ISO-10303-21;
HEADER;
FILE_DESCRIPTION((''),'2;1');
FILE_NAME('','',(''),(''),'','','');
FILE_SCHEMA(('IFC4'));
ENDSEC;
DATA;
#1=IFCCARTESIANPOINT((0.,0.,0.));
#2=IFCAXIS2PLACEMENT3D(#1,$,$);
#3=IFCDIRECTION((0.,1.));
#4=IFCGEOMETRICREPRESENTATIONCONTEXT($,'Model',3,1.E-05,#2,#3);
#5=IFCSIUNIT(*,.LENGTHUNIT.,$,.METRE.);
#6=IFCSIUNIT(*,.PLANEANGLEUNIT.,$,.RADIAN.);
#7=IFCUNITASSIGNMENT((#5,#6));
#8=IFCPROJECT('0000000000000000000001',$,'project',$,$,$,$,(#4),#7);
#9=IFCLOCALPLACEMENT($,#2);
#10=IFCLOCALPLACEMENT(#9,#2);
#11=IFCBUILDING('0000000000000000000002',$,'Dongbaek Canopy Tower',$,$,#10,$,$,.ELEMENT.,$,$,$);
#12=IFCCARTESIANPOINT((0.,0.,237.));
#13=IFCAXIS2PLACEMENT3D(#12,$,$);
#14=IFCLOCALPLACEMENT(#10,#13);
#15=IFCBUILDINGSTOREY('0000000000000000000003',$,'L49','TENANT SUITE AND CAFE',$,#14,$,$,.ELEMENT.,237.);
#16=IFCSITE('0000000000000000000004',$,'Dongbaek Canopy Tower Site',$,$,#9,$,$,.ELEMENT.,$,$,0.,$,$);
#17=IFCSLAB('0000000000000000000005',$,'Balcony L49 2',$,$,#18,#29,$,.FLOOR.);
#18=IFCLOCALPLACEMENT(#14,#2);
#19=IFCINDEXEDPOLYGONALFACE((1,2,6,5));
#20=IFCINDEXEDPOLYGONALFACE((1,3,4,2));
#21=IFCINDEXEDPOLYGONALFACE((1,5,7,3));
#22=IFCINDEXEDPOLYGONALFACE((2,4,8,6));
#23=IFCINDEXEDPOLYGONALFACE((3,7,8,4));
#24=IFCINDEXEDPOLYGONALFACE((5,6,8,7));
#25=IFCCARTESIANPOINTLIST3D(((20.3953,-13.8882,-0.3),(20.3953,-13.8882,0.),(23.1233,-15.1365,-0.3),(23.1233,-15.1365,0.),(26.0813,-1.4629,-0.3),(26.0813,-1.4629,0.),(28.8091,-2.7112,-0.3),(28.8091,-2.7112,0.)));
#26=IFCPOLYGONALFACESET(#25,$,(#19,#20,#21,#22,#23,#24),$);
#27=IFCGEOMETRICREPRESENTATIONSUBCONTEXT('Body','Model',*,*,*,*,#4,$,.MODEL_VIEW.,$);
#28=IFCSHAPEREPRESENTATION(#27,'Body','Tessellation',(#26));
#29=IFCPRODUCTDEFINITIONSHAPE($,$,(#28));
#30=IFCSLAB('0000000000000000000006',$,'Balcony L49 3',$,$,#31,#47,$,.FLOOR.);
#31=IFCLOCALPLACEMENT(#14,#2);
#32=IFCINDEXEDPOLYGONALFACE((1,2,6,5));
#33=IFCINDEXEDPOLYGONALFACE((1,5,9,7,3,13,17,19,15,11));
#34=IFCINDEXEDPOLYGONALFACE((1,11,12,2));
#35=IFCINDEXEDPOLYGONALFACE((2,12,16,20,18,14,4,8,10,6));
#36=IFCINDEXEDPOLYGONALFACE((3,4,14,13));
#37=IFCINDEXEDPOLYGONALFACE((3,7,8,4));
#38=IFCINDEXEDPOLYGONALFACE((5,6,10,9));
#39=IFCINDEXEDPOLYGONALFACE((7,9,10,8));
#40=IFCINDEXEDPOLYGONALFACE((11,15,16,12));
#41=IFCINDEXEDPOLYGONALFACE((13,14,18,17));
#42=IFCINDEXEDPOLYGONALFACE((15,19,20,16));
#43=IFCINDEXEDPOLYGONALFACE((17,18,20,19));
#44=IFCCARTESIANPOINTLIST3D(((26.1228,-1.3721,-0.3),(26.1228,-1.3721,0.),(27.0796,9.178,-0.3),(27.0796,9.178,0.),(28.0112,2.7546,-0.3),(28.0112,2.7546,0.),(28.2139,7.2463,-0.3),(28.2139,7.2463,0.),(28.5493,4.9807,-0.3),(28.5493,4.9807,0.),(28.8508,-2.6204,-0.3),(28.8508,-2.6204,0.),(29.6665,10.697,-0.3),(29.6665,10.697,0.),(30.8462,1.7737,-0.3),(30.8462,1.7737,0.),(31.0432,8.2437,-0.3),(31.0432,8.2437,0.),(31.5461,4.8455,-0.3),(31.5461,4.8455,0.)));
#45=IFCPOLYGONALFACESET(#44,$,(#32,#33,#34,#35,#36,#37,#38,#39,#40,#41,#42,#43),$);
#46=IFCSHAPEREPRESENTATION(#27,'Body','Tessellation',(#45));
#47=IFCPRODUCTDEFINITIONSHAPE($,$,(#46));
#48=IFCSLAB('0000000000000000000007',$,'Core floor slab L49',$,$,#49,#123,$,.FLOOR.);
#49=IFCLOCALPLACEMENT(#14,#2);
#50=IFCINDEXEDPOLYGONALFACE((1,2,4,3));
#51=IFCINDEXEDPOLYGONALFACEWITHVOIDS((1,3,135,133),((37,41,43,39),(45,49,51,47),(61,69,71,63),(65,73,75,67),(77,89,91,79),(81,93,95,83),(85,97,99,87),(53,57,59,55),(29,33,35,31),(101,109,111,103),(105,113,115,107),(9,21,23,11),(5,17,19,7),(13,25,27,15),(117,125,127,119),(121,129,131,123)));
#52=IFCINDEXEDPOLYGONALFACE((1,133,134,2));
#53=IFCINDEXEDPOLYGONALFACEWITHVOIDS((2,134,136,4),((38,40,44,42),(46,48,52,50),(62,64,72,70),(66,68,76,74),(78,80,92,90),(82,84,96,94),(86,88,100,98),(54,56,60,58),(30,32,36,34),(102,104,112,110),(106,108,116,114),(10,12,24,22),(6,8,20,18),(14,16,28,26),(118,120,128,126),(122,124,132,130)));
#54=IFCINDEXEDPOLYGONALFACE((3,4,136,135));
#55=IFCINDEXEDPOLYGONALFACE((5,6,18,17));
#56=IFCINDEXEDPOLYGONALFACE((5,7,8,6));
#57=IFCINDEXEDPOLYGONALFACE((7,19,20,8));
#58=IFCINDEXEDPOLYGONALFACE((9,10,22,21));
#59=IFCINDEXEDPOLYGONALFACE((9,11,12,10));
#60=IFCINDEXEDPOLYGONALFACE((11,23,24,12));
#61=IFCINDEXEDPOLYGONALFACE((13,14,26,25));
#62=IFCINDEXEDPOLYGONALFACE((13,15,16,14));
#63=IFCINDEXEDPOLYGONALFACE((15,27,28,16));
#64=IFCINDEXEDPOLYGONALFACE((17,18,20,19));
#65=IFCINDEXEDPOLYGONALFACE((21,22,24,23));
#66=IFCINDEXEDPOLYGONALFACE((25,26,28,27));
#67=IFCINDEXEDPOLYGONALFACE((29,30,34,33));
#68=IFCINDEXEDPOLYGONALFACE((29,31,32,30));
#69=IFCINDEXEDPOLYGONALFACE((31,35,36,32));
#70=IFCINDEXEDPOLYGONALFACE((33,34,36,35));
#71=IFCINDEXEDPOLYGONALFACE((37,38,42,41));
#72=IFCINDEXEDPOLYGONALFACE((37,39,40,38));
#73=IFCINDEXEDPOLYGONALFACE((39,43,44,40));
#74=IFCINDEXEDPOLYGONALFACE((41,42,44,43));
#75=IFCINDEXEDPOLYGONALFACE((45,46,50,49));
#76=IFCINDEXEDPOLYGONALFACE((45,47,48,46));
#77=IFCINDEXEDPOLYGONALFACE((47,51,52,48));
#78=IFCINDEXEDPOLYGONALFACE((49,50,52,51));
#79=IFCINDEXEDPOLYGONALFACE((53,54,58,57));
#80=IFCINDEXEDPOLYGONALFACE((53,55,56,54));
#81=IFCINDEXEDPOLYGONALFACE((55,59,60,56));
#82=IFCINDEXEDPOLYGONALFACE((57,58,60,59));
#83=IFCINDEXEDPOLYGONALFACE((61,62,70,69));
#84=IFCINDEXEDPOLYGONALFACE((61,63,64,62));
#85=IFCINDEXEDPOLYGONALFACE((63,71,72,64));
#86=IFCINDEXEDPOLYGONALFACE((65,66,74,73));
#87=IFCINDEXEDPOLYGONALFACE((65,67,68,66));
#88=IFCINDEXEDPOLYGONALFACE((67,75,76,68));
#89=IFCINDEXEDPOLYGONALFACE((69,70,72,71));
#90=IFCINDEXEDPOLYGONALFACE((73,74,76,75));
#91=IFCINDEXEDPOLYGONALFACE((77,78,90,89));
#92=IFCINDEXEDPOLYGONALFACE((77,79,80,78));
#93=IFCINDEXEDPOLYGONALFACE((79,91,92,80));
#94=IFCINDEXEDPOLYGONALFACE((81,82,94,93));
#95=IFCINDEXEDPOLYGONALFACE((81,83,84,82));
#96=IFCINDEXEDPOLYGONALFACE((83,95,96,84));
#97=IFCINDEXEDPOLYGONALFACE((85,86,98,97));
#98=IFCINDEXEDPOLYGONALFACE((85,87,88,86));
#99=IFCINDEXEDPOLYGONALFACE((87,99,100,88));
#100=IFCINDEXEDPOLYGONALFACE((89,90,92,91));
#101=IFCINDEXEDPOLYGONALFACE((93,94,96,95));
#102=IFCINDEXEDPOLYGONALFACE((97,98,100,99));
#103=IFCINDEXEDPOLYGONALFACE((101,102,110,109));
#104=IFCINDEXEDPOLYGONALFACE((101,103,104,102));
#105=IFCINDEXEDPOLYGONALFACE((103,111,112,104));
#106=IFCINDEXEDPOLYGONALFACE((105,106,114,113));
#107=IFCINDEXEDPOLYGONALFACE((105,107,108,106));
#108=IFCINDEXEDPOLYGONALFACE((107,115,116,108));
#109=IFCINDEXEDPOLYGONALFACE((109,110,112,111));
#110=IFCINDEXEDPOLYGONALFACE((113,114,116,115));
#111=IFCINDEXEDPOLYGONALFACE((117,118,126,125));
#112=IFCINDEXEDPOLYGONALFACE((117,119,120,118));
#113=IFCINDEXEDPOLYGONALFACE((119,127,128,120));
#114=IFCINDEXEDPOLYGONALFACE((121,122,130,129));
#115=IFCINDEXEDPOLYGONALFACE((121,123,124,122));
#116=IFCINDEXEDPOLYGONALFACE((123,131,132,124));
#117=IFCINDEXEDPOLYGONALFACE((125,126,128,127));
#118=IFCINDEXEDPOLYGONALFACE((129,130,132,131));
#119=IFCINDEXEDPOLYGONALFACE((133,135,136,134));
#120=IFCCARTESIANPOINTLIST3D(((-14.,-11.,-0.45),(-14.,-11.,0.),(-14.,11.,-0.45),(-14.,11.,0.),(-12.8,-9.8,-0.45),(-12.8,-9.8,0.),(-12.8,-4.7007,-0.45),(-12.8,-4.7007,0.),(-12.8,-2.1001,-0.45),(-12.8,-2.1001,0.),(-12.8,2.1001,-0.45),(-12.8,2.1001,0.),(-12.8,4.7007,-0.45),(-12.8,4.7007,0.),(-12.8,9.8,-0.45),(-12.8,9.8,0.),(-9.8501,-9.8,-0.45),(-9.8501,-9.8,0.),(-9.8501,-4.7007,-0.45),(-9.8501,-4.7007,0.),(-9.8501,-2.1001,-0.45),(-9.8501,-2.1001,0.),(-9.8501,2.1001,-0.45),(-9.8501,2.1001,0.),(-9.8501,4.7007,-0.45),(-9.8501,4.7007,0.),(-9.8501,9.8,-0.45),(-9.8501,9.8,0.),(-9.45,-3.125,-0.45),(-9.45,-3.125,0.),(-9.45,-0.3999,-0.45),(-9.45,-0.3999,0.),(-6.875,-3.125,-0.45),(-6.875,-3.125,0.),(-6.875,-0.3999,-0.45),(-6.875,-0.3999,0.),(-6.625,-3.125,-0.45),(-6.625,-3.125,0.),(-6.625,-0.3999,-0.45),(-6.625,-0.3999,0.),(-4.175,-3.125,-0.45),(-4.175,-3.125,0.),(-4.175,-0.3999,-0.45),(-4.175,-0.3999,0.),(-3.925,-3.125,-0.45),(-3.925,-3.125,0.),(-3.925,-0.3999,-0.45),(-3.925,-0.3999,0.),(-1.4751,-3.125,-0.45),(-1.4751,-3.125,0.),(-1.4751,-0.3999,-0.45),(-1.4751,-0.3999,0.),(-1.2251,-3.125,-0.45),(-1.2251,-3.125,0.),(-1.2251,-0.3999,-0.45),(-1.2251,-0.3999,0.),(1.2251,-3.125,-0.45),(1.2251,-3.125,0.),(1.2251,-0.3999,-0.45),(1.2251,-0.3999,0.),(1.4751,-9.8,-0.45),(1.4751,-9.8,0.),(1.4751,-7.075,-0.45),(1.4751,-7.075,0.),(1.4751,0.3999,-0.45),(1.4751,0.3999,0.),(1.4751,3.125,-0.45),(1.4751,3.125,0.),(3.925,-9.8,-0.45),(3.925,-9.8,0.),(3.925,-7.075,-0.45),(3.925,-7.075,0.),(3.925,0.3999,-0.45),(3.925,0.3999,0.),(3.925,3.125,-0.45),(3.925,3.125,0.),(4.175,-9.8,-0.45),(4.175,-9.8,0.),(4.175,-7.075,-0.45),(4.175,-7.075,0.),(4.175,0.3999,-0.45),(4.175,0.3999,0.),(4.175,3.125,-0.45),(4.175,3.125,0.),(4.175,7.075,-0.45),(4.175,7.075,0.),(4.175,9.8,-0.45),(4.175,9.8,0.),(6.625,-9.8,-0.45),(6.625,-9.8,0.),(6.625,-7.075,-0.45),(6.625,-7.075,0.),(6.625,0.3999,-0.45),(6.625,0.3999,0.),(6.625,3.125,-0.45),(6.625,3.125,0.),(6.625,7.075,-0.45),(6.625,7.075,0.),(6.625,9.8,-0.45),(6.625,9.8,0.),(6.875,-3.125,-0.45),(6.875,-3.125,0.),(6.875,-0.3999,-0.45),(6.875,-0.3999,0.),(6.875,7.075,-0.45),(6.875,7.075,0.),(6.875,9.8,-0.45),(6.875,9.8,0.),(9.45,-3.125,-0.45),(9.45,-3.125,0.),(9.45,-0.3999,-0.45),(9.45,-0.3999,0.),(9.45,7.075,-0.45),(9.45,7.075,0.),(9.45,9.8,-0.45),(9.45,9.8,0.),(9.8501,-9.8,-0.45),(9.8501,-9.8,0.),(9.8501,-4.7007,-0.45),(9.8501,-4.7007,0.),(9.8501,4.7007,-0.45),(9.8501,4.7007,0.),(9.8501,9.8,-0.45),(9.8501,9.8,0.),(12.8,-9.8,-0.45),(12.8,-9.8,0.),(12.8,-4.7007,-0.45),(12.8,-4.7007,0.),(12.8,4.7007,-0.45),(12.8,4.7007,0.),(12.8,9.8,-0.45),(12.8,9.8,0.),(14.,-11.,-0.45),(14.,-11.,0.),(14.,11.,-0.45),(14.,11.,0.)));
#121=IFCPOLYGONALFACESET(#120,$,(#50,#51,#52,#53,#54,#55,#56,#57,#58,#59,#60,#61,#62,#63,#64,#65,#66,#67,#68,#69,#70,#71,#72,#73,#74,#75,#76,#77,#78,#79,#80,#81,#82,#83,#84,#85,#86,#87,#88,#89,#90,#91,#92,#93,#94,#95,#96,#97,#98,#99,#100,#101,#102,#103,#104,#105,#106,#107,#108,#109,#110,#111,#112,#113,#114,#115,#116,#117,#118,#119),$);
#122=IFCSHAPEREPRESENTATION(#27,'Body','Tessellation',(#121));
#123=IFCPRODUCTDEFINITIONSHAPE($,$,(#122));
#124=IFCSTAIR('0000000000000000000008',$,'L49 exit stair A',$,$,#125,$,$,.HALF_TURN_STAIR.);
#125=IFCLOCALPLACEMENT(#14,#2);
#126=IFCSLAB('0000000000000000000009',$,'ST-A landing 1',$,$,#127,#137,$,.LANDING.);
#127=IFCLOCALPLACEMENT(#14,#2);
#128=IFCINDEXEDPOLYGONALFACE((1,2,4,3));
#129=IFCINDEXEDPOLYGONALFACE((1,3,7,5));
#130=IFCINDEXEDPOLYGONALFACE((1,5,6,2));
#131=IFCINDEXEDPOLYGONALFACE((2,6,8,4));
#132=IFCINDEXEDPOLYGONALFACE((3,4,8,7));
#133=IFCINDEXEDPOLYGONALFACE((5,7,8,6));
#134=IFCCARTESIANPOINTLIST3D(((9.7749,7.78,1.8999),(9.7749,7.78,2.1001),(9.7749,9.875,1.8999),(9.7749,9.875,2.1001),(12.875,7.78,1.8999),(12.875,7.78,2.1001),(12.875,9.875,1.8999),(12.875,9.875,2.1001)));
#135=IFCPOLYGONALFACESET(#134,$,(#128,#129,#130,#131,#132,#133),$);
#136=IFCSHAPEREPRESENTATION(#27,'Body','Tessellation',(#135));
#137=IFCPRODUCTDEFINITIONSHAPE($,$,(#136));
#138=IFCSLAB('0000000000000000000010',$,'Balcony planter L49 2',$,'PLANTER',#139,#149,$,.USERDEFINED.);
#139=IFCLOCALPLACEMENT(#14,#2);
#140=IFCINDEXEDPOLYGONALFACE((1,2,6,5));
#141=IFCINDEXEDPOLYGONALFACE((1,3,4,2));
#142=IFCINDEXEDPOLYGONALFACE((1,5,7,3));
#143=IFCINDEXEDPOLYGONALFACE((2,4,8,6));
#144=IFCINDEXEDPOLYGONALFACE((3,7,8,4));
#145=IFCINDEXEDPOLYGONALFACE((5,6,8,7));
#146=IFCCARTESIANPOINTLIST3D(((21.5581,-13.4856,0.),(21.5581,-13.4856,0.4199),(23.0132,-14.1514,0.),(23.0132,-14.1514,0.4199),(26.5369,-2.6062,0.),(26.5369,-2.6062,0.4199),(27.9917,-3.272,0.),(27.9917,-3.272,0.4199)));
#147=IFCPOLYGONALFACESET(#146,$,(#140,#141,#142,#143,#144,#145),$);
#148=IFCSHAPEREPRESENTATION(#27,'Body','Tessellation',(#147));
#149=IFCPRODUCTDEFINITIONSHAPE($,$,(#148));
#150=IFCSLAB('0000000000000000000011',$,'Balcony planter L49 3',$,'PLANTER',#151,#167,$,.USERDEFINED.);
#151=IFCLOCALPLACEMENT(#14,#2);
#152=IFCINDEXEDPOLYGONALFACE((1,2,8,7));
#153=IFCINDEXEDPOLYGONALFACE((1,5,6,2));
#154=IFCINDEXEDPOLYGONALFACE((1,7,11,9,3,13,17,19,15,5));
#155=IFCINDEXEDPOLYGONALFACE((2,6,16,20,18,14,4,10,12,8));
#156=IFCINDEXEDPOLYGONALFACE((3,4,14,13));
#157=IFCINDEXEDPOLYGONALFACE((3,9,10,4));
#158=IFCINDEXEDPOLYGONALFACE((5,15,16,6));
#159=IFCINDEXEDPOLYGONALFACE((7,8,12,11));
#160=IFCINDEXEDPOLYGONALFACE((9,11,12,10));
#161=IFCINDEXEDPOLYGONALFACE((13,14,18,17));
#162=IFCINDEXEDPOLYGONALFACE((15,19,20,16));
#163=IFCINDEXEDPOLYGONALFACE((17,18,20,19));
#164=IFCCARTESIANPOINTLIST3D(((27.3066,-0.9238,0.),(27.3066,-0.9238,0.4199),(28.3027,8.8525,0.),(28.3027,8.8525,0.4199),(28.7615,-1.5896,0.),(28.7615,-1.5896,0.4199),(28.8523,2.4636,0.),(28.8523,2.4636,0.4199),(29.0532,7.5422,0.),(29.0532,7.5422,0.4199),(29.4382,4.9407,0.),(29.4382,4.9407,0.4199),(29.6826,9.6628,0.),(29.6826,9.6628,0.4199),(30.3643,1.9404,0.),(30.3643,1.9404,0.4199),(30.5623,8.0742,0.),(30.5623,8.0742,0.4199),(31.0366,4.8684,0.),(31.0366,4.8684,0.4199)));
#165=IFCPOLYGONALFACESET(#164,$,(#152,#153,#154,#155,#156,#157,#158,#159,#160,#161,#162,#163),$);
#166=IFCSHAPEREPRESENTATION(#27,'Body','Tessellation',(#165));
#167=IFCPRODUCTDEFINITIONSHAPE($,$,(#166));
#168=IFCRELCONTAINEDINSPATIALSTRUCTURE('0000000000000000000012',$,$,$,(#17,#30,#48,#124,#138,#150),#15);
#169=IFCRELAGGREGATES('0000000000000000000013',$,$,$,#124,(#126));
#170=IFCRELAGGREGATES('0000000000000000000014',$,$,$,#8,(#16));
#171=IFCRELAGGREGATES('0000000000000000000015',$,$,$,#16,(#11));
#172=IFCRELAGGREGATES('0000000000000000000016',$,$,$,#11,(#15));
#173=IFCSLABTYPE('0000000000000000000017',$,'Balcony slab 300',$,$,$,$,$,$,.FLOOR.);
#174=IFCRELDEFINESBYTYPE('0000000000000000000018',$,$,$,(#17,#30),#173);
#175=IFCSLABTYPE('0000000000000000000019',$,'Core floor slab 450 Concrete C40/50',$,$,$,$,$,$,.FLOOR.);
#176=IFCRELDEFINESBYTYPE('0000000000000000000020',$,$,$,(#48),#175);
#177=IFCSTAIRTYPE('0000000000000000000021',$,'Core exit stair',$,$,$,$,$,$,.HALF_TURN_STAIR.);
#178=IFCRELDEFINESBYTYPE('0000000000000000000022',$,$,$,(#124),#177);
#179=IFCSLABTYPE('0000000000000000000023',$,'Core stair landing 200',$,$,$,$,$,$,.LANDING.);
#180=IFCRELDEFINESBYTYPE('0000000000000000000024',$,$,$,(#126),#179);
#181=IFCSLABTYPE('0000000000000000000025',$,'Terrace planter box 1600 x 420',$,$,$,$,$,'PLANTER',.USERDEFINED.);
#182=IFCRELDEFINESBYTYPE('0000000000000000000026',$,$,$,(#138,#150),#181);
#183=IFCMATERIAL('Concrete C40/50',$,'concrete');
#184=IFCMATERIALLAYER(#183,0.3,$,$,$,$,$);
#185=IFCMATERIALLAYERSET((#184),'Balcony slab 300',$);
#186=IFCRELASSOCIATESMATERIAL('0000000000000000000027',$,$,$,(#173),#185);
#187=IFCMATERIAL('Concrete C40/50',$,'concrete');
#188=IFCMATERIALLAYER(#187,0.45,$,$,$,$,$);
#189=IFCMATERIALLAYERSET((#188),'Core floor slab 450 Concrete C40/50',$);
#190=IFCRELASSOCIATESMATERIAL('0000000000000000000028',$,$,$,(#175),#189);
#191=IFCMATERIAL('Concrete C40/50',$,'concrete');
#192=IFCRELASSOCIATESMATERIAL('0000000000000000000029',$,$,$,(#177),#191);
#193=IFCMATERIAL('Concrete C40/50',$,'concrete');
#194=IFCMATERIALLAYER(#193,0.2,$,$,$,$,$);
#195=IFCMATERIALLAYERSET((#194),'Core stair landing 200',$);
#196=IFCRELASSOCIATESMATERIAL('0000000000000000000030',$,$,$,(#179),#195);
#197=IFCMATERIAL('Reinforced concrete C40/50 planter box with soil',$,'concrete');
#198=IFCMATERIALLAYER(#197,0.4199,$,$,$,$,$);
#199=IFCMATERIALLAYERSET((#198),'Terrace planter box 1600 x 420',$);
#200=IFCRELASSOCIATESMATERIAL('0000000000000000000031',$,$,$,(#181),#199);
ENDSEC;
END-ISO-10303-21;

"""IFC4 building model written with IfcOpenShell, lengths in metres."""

from ifc_helpers import new_model, si_unit, direction, frame, origin, place, context, subcontext, project, spatial, polyline, outline, extrude, material, layer, layer_set, type_object, element, aggregate, save


model = new_model("IFC4")

# Units and contexts
model_context = context("Model", 3, precision=1e-05, world=origin(), true_north=direction((0.0, 1.0)))
body_context = subcontext(model_context, "Body", "Model", "MODEL_VIEW")
ifc_project = project(units=[si_unit("LENGTHUNIT", "METRE"), si_unit("PLANEANGLEUNIT", "RADIAN")], contexts=[model_context])

# Site, building, storey
site_placement = place(None, origin())
site = spatial("IfcSite", under=ifc_project, at=site_placement, Name="Dongbaek Canopy Tower Site", CompositionType="ELEMENT", RefElevation=0.0)
building_placement = place(site_placement, origin())
building = spatial("IfcBuilding", under=site, at=building_placement, Name="Dongbaek Canopy Tower", CompositionType="ELEMENT")
storey_placement = place(building_placement, frame((0.0, 0.0, 237.0)))
storey = spatial("IfcBuildingStorey", under=building, at=storey_placement, Name="L49", Description="TENANT SUITE AND CAFE", CompositionType="ELEMENT", Elevation=237.0)

# Slabs
ifc_material_1 = material(Name="Concrete C40/50", Category="concrete")
ifc_layer_1 = layer(ifc_material_1, 0.3)
ifc_layer_set_1 = layer_set([ifc_layer_1], Name="Balcony slab 300")
slab_type_1 = type_object("IfcSlabType", Name="Balcony slab 300", PredefinedType="FLOOR", material=ifc_layer_set_1)
slab_1_placement = place(storey_placement, frame((0.0, 0.0, -0.3)))
element("IfcSlab", 1, at=slab_1_placement, inside=storey, type_object=slab_type_1, Name="Balcony L49 2", PredefinedType="FLOOR", context=body_context, shape_type="SweptSolid", body=[
    extrude(outline(polyline([(20.3953, -13.8882), (26.0813, -1.4629), (28.8091, -2.7112), (23.1233, -15.1365), (20.3953, -13.8882)])), origin(), (0.0, 0.0, 1.0), 0.3),
])
slab_2_placement = place(storey_placement, frame((0.0, 0.0, -0.3)))
element("IfcSlab", 2, at=slab_2_placement, inside=storey, type_object=slab_type_1, Name="Balcony L49 3", PredefinedType="FLOOR", context=body_context, shape_type="SweptSolid", body=[
    extrude(outline(polyline([(26.1228, -1.3721), (28.0112, 2.7546), (28.5493, 4.9807), (28.2139, 7.2463), (27.0796, 9.178), (29.6665, 10.697), (31.0432, 8.2437), (31.5461, 4.8455), (30.8462, 1.7737), (28.8508, -2.6204), (26.1228, -1.3721)])), origin(), (0.0, 0.0, 1.0), 0.3),
])
ifc_material_2 = material(Name="Concrete C40/50", Category="concrete")
ifc_layer_2 = layer(ifc_material_2, 0.45)
ifc_layer_set_2 = layer_set([ifc_layer_2], Name="Core floor slab 450 Concrete C40/50")
slab_type_2 = type_object("IfcSlabType", Name="Core floor slab 450 Concrete C40/50", PredefinedType="FLOOR", material=ifc_layer_set_2)
slab_3_placement = place(storey_placement, frame((0.0, 0.0, -0.45)))
element("IfcSlab", 3, at=slab_3_placement, inside=storey, type_object=slab_type_2, Name="Core floor slab L49", PredefinedType="FLOOR", context=body_context, shape_type="SweptSolid", body=[
    extrude(outline(polyline([(14.0, -11.0), (14.0, 11.0), (-14.0, 11.0), (-14.0, -11.0), (14.0, -11.0)]), holes=[polyline([(-12.8, 2.1001), (-9.8501, 2.1001), (-9.8501, -2.1001), (-12.8, -2.1001), (-12.8, 2.1001)]), polyline([(6.625, 9.8), (6.625, 7.075), (4.175, 7.075), (4.175, 9.8), (6.625, 9.8)]), polyline([(9.45, 7.075), (6.875, 7.075), (6.875, 9.8), (9.45, 9.8), (9.45, 7.075)]), polyline([(3.925, 3.125), (3.925, 0.3999), (1.4751, 0.3999), (1.4751, 3.125), (3.925, 3.125)]), polyline([(4.175, 3.125), (6.625, 3.125), (6.625, 0.3999), (4.175, 0.3999), (4.175, 3.125)]), polyline([(-9.45, -0.3999), (-6.875, -0.3999), (-6.875, -3.125), (-9.45, -3.125), (-9.45, -0.3999)]), polyline([(-6.625, -0.3999), (-4.175, -0.3999), (-4.175, -3.125), (-6.625, -3.125), (-6.625, -0.3999)]), polyline([(-3.925, -0.3999), (-1.4751, -0.3999), (-1.4751, -3.125), (-3.925, -3.125), (-3.925, -0.3999)]), polyline([(-1.2251, -0.3999), (1.2251, -0.3999), (1.2251, -3.125), (-1.2251, -3.125), (-1.2251, -0.3999)]), polyline([(9.45, -3.125), (6.875, -3.125), (6.875, -0.3999), (9.45, -0.3999), (9.45, -3.125)]), polyline([(1.4751, -9.8), (1.4751, -7.075), (3.925, -7.075), (3.925, -9.8), (1.4751, -9.8)]), polyline([(4.175, -9.8), (4.175, -7.075), (6.625, -7.075), (6.625, -9.8), (4.175, -9.8)]), polyline([(12.8, 4.7007), (12.8, 9.8), (9.8501, 9.8), (9.8501, 4.7007), (12.8, 4.7007)]), polyline([(-9.8501, 4.7007), (-9.8501, 9.8), (-12.8, 9.8), (-12.8, 4.7007), (-9.8501, 4.7007)]), polyline([(9.8501, -4.7007), (9.8501, -9.8), (12.8, -9.8), (12.8, -4.7007), (9.8501, -4.7007)]), polyline([(-12.8, -4.7007), (-12.8, -9.8), (-9.8501, -9.8), (-9.8501, -4.7007), (-12.8, -4.7007)])]), origin(), (0.0, 0.0, 1.0), 0.45),
])

# Stair, slab
ifc_material_3 = material(Name="Concrete C40/50", Category="concrete")
stair_type = type_object("IfcStairType", Name="Core exit stair", PredefinedType="HALF_TURN_STAIR", material=ifc_material_3)
stair_1_placement = place(storey_placement, origin())
stair_1 = element("IfcStair", 4, at=stair_1_placement, inside=storey, type_object=stair_type, Name="L49 exit stair A", PredefinedType="HALF_TURN_STAIR")
ifc_material_4 = material(Name="Concrete C40/50", Category="concrete")
ifc_layer_3 = layer(ifc_material_4, 0.2)
ifc_layer_set_3 = layer_set([ifc_layer_3], Name="Core stair landing 200")
slab_type_3 = type_object("IfcSlabType", Name="Core stair landing 200", PredefinedType="LANDING", material=ifc_layer_set_3)
slab_4_placement = place(storey_placement, frame((0.0, 0.0, 1.8999)))
slab_4 = element("IfcSlab", 5, at=slab_4_placement, type_object=slab_type_3, Name="ST-A landing 1", PredefinedType="LANDING", context=body_context, shape_type="SweptSolid", body=[
    extrude(outline(polyline([(12.875, 7.78), (12.875, 9.875), (9.7749, 9.875), (9.7749, 7.78), (12.875, 7.78)])), origin(), (0.0, 0.0, 1.0), 0.2002),
])
aggregate(stair_1, [slab_4])

# Slabs
ifc_material_5 = material(Name="Reinforced concrete C40/50 planter box with soil", Category="concrete")
ifc_layer_4 = layer(ifc_material_5, 0.4199)
ifc_layer_set_4 = layer_set([ifc_layer_4], Name="Terrace planter box 1600 x 420")
slab_type_4 = type_object("IfcSlabType", Name="Terrace planter box 1600 x 420", ElementType="PLANTER", PredefinedType="USERDEFINED", material=ifc_layer_set_4)
slab_5_placement = place(storey_placement, origin())
element("IfcSlab", 6, at=slab_5_placement, inside=storey, type_object=slab_type_4, Name="Balcony planter L49 2", ObjectType="PLANTER", PredefinedType="USERDEFINED", context=body_context, shape_type="SweptSolid", body=[
    extrude(outline(polyline([(21.5581, -13.4856), (26.5369, -2.6062), (27.9917, -3.272), (23.0132, -14.1514), (21.5581, -13.4856)])), origin(), (0.0, 0.0, 1.0), 0.4199),
])
slab_6_placement = place(storey_placement, origin())
element("IfcSlab", 7, at=slab_6_placement, inside=storey, type_object=slab_type_4, Name="Balcony planter L49 3", ObjectType="PLANTER", PredefinedType="USERDEFINED", context=body_context, shape_type="SweptSolid", body=[
    extrude(outline(polyline([(27.3066, -0.9238), (28.8523, 2.4636), (29.4382, 4.9407), (29.0532, 7.5422), (28.3027, 8.8525), (29.6826, 9.6628), (30.5623, 8.0742), (31.0366, 4.8684), (30.3643, 1.9404), (28.7615, -1.5896), (27.3066, -0.9238)])), origin(), (0.0, 0.0, 1.0), 0.4199),
])

save(model, "model.ifc")
